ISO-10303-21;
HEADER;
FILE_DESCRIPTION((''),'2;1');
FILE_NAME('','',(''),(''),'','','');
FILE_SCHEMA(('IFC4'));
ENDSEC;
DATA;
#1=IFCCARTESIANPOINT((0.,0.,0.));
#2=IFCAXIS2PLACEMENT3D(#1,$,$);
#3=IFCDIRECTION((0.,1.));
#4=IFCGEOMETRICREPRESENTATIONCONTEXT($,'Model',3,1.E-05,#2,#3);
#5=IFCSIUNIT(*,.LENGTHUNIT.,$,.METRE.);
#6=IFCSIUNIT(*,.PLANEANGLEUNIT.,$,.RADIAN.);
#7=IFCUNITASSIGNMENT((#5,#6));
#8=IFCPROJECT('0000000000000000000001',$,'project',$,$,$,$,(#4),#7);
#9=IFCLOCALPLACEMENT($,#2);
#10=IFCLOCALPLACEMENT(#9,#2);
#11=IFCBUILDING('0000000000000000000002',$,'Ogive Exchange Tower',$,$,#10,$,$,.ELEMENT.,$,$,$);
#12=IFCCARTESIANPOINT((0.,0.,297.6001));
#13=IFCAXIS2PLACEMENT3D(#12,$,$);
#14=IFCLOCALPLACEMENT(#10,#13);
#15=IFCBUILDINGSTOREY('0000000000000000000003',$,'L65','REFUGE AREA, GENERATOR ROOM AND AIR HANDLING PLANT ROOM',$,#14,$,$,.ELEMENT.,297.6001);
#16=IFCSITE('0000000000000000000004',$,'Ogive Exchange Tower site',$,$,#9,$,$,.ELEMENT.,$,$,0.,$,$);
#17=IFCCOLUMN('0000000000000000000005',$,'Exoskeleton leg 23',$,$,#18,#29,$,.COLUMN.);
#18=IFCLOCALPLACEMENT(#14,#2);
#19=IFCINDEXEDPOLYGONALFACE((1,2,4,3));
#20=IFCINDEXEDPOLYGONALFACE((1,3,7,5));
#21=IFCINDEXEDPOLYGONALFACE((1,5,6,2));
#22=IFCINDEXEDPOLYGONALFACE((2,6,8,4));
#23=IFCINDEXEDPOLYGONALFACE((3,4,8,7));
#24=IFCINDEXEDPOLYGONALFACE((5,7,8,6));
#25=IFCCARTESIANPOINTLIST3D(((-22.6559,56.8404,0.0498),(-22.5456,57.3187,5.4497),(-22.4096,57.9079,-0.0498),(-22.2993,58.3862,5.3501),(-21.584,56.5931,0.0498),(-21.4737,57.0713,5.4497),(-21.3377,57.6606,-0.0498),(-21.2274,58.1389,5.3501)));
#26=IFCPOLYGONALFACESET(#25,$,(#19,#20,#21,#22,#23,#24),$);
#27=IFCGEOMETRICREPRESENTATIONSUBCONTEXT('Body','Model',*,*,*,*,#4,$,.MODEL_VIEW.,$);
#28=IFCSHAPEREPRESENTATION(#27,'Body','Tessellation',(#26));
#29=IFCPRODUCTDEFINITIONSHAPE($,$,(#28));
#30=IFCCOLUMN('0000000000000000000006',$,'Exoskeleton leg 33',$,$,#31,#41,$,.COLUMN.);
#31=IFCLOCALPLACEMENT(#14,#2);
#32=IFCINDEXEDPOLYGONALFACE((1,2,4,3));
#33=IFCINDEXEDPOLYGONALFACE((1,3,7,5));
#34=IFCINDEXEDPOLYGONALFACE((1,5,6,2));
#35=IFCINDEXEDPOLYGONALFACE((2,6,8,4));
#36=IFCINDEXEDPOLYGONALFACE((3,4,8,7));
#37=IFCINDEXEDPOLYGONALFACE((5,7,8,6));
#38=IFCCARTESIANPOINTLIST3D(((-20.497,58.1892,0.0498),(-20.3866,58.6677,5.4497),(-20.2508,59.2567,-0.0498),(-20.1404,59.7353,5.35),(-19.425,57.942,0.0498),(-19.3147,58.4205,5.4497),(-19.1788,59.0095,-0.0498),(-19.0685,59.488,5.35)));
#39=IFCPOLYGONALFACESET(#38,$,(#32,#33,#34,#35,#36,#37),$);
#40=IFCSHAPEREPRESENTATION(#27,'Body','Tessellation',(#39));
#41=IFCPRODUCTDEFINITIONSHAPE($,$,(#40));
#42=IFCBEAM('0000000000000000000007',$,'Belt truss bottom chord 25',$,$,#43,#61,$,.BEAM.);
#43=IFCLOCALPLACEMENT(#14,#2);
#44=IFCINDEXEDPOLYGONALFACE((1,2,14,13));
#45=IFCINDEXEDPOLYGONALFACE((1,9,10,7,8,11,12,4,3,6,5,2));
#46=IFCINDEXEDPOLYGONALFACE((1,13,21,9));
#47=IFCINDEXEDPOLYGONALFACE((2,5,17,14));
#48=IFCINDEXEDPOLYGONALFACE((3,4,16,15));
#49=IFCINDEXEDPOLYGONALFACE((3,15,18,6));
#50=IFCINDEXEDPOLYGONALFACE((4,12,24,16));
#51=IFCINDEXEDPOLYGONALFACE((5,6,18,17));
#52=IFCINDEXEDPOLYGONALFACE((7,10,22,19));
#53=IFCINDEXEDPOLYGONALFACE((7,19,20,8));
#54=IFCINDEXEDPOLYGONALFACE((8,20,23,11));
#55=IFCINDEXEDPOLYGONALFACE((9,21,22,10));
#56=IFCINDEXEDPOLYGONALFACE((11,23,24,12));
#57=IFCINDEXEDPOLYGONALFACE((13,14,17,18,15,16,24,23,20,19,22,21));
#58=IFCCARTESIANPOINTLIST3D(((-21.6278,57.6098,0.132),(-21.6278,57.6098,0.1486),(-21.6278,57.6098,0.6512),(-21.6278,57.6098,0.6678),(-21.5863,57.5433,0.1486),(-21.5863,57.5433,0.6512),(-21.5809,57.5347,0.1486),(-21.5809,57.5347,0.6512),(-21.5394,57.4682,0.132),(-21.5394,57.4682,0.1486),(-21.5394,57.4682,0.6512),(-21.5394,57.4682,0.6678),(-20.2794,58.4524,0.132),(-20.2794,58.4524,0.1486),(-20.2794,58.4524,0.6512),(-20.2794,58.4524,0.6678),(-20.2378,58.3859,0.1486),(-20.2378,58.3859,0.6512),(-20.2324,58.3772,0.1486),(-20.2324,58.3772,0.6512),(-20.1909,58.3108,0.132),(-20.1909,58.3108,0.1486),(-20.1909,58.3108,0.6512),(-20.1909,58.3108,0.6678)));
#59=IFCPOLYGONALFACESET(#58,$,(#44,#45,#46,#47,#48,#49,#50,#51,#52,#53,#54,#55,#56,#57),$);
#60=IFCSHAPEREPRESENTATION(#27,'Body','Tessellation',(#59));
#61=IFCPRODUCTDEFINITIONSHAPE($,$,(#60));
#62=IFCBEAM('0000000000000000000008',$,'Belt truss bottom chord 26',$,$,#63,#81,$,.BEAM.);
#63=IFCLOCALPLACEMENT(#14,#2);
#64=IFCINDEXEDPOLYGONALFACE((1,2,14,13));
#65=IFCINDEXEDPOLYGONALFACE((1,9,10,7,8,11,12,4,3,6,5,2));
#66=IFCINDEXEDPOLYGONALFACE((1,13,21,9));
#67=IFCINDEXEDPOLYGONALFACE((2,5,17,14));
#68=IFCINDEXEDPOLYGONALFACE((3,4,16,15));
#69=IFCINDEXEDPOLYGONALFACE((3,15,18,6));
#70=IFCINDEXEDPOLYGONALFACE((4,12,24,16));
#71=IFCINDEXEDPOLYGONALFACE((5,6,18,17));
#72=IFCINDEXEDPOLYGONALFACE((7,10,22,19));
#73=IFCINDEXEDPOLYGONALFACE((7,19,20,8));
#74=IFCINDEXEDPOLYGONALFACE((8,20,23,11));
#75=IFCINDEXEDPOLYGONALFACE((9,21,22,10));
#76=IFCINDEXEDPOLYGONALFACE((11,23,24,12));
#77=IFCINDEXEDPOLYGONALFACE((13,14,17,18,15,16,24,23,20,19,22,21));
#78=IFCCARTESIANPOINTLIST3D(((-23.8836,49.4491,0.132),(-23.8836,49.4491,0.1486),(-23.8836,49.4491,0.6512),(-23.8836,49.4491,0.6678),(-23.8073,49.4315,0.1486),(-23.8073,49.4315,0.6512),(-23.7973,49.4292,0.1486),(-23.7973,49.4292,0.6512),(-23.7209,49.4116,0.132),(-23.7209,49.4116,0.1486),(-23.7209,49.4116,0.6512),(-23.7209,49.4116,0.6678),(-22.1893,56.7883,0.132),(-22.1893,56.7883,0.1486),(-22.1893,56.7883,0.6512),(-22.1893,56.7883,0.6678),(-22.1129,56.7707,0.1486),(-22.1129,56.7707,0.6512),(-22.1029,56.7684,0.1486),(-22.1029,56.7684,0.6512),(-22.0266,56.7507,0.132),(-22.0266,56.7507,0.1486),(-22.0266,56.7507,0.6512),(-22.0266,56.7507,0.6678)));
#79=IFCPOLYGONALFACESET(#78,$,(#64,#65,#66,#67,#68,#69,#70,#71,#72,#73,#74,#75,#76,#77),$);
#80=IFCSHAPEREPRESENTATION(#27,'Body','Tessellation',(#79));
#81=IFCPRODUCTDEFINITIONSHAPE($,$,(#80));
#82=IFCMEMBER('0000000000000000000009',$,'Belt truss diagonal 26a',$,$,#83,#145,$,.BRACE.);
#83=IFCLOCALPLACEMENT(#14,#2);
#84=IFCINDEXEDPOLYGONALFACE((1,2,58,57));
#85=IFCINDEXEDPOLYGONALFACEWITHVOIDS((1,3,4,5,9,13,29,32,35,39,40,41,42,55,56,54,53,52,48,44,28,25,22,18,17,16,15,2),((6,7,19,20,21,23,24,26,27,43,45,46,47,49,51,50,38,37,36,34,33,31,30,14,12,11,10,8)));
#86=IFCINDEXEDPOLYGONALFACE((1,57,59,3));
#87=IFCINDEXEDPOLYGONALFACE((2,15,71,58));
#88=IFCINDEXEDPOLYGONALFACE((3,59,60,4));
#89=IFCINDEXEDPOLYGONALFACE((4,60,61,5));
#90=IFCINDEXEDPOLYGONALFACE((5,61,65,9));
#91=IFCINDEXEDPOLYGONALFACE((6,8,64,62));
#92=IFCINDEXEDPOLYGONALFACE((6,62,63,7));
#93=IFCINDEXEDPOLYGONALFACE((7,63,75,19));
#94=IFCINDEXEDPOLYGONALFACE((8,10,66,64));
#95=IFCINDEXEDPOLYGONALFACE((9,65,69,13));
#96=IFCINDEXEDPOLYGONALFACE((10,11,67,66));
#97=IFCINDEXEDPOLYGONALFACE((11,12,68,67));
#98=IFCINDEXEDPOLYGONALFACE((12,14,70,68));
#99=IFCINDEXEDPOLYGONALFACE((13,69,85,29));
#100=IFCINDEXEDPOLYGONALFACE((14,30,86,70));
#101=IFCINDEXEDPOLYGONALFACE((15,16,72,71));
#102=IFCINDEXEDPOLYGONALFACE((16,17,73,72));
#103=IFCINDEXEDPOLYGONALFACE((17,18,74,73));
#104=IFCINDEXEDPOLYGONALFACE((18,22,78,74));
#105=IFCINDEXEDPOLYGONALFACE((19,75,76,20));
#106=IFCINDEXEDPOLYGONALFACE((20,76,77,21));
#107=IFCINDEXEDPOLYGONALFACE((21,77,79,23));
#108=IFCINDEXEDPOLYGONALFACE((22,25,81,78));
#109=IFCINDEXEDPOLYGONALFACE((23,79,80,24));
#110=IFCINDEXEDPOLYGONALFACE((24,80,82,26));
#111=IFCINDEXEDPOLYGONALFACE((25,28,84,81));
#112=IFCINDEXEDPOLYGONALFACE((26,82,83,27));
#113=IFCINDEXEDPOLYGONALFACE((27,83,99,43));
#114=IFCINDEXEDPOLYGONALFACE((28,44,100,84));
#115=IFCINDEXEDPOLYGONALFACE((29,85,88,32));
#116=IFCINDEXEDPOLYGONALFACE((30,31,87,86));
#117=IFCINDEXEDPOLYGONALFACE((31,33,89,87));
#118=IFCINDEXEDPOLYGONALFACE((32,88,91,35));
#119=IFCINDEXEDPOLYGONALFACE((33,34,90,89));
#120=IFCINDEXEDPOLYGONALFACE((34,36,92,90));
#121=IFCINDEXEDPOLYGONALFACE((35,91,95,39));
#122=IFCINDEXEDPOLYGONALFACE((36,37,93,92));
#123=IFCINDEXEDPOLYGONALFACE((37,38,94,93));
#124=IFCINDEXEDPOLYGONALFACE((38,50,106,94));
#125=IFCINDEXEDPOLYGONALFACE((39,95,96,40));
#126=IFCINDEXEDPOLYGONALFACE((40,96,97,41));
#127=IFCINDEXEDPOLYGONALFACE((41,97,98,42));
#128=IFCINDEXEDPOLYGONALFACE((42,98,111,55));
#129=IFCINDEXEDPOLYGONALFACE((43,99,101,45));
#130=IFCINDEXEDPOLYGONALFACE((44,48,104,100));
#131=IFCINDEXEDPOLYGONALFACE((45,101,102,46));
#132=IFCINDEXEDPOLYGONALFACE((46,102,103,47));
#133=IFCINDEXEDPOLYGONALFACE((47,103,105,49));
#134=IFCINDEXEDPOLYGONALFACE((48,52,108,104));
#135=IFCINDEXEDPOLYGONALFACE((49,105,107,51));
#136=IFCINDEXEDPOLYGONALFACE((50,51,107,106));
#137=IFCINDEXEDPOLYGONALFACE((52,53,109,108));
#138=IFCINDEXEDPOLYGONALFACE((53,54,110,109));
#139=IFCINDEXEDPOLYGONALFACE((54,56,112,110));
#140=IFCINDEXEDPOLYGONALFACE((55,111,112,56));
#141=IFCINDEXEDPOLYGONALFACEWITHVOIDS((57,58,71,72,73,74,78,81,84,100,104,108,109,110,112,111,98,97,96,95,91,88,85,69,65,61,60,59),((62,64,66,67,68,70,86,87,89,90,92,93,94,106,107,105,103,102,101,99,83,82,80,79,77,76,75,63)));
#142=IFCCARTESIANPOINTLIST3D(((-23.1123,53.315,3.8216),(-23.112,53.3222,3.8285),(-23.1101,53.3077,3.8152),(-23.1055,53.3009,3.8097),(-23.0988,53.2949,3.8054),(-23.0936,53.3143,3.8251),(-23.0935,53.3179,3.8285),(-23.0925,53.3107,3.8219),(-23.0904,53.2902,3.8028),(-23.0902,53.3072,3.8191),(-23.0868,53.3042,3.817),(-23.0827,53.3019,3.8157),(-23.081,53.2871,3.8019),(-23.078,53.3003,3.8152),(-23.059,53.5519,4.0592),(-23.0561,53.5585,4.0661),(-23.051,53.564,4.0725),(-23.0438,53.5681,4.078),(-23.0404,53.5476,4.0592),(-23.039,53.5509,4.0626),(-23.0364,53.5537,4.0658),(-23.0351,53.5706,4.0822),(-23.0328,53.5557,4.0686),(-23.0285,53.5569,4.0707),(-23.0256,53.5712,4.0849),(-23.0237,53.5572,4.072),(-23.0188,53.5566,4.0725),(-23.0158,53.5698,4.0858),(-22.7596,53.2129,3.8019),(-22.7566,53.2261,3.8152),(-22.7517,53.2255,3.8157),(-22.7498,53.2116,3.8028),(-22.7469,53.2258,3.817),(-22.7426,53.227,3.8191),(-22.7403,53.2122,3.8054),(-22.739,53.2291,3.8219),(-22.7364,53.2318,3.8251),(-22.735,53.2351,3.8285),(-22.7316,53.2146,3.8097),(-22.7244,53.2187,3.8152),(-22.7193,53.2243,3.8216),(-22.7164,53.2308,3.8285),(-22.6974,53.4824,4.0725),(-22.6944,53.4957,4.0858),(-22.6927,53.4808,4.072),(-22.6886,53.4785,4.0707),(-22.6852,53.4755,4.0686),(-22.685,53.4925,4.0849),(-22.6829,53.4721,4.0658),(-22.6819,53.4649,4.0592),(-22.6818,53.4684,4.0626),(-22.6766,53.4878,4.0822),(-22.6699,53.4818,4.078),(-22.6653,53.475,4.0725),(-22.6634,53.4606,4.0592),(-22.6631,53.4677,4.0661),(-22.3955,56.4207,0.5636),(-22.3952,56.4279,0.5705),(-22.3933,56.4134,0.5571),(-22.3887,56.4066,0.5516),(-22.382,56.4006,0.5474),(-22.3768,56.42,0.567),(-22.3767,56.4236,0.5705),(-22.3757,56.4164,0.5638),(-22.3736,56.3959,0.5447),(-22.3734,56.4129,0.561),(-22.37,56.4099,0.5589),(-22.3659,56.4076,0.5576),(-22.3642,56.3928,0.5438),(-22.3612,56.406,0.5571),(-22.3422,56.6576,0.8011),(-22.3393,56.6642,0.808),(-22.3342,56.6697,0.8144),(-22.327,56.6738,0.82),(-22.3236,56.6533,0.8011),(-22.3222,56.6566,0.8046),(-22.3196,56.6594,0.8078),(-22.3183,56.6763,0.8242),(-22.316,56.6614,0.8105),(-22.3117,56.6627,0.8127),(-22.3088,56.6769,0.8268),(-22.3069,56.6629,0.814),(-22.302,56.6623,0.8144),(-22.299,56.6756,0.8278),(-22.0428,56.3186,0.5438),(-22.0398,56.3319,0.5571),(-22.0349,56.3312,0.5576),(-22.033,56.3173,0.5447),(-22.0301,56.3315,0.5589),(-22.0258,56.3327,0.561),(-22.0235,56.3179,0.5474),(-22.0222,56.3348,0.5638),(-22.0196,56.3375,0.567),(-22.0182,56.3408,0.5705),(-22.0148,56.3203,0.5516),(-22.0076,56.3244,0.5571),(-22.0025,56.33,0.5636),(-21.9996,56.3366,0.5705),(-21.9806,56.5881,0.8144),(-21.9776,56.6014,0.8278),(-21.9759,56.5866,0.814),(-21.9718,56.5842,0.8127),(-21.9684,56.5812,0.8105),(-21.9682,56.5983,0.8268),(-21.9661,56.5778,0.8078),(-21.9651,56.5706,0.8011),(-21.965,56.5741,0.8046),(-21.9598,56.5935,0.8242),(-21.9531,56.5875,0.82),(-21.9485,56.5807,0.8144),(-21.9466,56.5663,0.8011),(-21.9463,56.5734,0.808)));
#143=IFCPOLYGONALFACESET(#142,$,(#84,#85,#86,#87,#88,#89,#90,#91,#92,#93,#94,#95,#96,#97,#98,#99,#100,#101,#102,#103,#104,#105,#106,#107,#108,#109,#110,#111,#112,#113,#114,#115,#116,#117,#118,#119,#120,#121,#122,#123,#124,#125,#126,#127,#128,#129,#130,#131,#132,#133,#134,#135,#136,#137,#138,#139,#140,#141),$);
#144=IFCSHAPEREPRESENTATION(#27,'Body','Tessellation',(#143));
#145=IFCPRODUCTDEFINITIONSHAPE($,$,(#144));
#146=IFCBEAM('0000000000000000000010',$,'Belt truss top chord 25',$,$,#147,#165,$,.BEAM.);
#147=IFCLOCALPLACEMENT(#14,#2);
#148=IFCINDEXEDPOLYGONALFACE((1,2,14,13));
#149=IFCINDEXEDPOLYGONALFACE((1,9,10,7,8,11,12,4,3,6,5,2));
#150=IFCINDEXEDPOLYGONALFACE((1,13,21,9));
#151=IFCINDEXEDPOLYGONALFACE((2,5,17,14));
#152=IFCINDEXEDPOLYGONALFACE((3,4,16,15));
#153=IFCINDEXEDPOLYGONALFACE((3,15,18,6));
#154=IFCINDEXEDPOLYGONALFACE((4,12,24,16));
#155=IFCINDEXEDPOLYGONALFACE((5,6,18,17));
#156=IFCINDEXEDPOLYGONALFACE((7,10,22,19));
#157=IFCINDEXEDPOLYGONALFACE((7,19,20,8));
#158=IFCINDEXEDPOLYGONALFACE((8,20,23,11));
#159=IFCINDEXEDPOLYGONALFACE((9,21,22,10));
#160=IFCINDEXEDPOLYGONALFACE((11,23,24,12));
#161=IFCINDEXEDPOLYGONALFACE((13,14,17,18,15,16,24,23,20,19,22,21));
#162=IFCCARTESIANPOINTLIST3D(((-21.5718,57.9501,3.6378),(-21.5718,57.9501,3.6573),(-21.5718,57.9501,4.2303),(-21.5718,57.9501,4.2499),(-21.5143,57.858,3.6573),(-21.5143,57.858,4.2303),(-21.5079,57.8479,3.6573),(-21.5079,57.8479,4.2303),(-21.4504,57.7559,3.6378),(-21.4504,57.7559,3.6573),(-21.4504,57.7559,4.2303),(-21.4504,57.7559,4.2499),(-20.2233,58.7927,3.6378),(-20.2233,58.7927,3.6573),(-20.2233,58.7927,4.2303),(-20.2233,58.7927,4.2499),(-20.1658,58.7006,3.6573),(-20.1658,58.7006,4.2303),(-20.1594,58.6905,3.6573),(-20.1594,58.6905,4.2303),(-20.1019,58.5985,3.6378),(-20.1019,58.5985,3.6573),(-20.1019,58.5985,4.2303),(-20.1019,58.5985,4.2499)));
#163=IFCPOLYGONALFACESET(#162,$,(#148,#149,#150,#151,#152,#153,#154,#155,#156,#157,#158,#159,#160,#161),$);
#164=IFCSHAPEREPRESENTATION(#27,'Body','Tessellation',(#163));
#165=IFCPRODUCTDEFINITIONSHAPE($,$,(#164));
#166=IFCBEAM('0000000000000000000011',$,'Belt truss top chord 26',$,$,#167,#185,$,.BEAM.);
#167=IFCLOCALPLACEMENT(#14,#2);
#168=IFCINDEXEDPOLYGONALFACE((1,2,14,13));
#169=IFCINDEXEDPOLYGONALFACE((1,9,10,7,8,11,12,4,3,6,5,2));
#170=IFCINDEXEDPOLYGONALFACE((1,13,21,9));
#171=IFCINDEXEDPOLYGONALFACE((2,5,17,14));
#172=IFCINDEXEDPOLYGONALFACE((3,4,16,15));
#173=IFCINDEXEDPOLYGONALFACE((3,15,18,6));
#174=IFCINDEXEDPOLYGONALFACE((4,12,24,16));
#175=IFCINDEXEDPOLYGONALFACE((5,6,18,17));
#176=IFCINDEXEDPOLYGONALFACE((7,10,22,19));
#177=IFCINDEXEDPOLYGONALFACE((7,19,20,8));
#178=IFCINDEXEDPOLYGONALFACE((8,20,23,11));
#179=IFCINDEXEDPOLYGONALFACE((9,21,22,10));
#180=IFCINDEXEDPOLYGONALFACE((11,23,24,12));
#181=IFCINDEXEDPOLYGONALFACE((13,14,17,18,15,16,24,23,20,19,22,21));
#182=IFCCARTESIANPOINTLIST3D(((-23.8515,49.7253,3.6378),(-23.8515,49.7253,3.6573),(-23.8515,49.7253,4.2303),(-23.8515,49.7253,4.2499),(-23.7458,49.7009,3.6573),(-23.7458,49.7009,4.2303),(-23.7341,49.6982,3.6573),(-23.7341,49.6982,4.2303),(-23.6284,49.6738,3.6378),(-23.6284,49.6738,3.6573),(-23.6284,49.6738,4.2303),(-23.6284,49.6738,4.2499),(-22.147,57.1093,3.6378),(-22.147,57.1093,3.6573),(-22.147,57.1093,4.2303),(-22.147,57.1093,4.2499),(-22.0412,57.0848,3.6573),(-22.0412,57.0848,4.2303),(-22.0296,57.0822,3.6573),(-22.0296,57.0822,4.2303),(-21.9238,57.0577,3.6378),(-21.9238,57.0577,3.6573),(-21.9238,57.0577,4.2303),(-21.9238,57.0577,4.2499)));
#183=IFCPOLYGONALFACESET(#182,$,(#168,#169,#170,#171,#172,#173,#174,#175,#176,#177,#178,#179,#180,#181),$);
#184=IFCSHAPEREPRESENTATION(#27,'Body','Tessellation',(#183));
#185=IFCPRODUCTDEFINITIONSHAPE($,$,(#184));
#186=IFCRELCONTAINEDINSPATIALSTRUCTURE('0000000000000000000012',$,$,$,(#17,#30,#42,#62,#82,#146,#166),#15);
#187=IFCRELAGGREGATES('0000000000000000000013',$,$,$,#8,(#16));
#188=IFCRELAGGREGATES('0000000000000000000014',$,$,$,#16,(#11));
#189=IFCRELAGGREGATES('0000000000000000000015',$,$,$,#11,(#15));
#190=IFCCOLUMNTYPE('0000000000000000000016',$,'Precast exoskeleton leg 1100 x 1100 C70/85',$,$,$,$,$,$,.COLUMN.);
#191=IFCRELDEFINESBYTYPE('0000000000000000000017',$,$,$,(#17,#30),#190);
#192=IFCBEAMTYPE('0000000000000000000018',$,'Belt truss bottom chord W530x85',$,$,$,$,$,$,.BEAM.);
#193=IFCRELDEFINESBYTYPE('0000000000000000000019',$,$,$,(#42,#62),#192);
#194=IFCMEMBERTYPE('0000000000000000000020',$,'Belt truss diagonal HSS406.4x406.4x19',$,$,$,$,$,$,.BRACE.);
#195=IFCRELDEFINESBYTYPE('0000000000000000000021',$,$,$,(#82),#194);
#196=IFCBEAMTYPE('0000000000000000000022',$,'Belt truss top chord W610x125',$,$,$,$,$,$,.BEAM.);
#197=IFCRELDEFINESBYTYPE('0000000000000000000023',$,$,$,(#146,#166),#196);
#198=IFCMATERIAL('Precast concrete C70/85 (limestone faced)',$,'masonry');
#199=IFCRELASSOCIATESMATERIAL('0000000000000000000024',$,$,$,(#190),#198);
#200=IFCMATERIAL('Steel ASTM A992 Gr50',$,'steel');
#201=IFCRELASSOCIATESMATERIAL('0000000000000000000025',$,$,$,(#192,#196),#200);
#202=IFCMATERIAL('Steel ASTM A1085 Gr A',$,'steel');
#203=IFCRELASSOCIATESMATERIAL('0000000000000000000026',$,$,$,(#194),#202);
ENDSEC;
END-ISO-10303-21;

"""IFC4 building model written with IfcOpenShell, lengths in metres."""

from ifc_helpers import new_model, si_unit, direction, frame, origin, origin_2d, place, context, subcontext, project, spatial, rectangle, hollow_rectangle, i_section, extrude, material, material_profile, profile_set, type_object, element, save


model = new_model("IFC4")

# Units and contexts
model_context = context("Model", 3, precision=1e-05, world=origin(), true_north=direction((0.0, 1.0)))
body_context = subcontext(model_context, "Body", "Model", "MODEL_VIEW")
ifc_project = project(units=[si_unit("LENGTHUNIT", "METRE"), si_unit("PLANEANGLEUNIT", "RADIAN")], contexts=[model_context])

# Site, building, storey
site_placement = place(None, origin())
site = spatial("IfcSite", under=ifc_project, at=site_placement, Name="Ogive Exchange Tower site", CompositionType="ELEMENT", RefElevation=0.0)
building_placement = place(site_placement, origin())
building = spatial("IfcBuilding", under=site, at=building_placement, Name="Ogive Exchange Tower", CompositionType="ELEMENT")
storey_placement = place(building_placement, frame((0.0, 0.0, 297.6001)))
storey = spatial("IfcBuildingStorey", under=building, at=storey_placement, Name="L65", Description="REFUGE AREA, GENERATOR ROOM AND AIR HANDLING PLANT ROOM", CompositionType="ELEMENT", Elevation=297.6001)

# Columns
ifc_material_1 = material(Name="Precast concrete C70/85 (limestone faced)", Category="masonry")
ifc_material_profile_1 = material_profile(ifc_material_1, rectangle(XDim=1.1001, YDim=1.1001, at=origin_2d()), Name="1100 x 1100")
ifc_profile_set_1 = profile_set([ifc_material_profile_1], Name="Precast concrete C70/85 (limestone faced)")
column_type = type_object("IfcColumnType", Name="Precast exoskeleton leg 1100 x 1100 C70/85", PredefinedType="COLUMN", material=ifc_profile_set_1)
for number, where, z_axis, x_axis, name in (
    (1, (-21.9968, 57.2505, 0.0), (0.020352, 0.088207, 0.995894), (-0.9744, 0.224823, 0.0), "Exoskeleton leg 23"),
    (2, (-19.8379, 58.5994, 0.0), (0.020352, 0.088251, 0.99589), (-0.974425, 0.224714, 0.0), "Exoskeleton leg 33"),
):
    element("IfcColumn", number, at=place(storey_placement, frame(where, z_axis=z_axis, x_axis=x_axis)), inside=storey, type_object=column_type, Name=name, PredefinedType="COLUMN", context=body_context, shape_type="SweptSolid", body=[
        extrude(rectangle(XDim=1.1001, YDim=1.1001, at=origin_2d()), origin(), (0.0, 0.0, 1.0), 5.4221),
    ])

# Beams
ifc_material_2 = material(Name="Steel ASTM A992 Gr50", Category="steel")
ifc_material_profile_2 = material_profile(ifc_material_2, i_section(OverallWidth=0.167, OverallDepth=0.5359, WebThickness=0.0103, FlangeThickness=0.0166, at=origin_2d()), Name="W530x85")
ifc_profile_set_2 = profile_set([ifc_material_profile_2], Name="Steel ASTM A992 Gr50")
beam_type_1 = type_object("IfcBeamType", Name="Belt truss bottom chord W530x85", PredefinedType="BEAM", material=ifc_profile_set_2)
beam_1_placement = place(storey_placement, frame((-20.2351, 58.3816, 0.3999), z_axis=(-0.848059, -0.529902, 0.0), x_axis=(0.529902, -0.848059, 0.0)))
element("IfcBeam", 3, at=beam_1_placement, inside=storey, type_object=beam_type_1, Name="Belt truss bottom chord 25", PredefinedType="BEAM", context=body_context, shape_type="SweptSolid", body=[
    extrude(i_section(OverallWidth=0.167, OverallDepth=0.5359, WebThickness=0.0103, FlangeThickness=0.0166, at=origin_2d()), origin(), (0.0, 0.0, 1.0), 1.5901),
])
beam_2_placement = place(storey_placement, frame((-22.1079, 56.7695, 0.3999), z_axis=(-0.224947, -0.974371, 0.0), x_axis=(0.974371, -0.224947, 0.0)))
element("IfcBeam", 4, at=beam_2_placement, inside=storey, type_object=beam_type_1, Name="Belt truss bottom chord 26", PredefinedType="BEAM", context=body_context, shape_type="SweptSolid", body=[
    extrude(i_section(OverallWidth=0.167, OverallDepth=0.5359, WebThickness=0.0103, FlangeThickness=0.0166, at=origin_2d()), origin(), (0.0, 0.0, 1.0), 7.5322),
])

# Member
ifc_material_3 = material(Name="Steel ASTM A1085 Gr A", Category="steel")
ifc_material_profile_3 = material_profile(ifc_material_3, hollow_rectangle(XDim=0.406, YDim=0.406, WallThickness=0.019, InnerFilletRadius=0.019, OuterFilletRadius=0.0381, at=origin_2d()), Name="HSS406.4x406.4x19")
ifc_profile_set_3 = profile_set([ifc_material_profile_3], Name="Steel ASTM A1085 Gr A")
member_type_1 = type_object("IfcMemberType", Name="Belt truss diagonal HSS406.4x406.4x19", PredefinedType="BRACE", material=ifc_profile_set_3)
member_1_placement = place(storey_placement, frame((-22.1709, 56.4971, 0.6858), z_axis=(-0.157266, -0.681396, 0.71482), x_axis=(0.974385, -0.224887, 0.0)))
element("IfcMember", 5, at=member_1_placement, inside=storey, type_object=member_type_1, Name="Belt truss diagonal 26a", PredefinedType="BRACE", context=body_context, shape_type="SweptSolid", body=[
    extrude(hollow_rectangle(XDim=0.406, YDim=0.406, WallThickness=0.019, InnerFilletRadius=0.019, OuterFilletRadius=0.0381, at=origin_2d()), origin(), (0.0, 0.0, 1.0), 4.5579),
])

# Beams
ifc_material_profile_4 = material_profile(ifc_material_2, i_section(OverallWidth=0.229, OverallDepth=0.6121, WebThickness=0.012, FlangeThickness=0.0195, at=origin_2d()), Name="W610x125")
ifc_profile_set_4 = profile_set([ifc_material_profile_4], Name="Steel ASTM A992 Gr50")
beam_type_2 = type_object("IfcBeamType", Name="Belt truss top chord W610x125", PredefinedType="BEAM", material=ifc_profile_set_4)
beam_3_placement = place(storey_placement, frame((-20.1626, 58.6956, 3.9438), z_axis=(-0.848059, -0.529902, 0.0), x_axis=(0.529902, -0.848059, 0.0)))
element("IfcBeam", 6, at=beam_3_placement, inside=storey, type_object=beam_type_2, Name="Belt truss top chord 25", PredefinedType="BEAM", context=body_context, shape_type="SweptSolid", body=[
    extrude(i_section(OverallWidth=0.229, OverallDepth=0.6121, WebThickness=0.012, FlangeThickness=0.0195, at=origin_2d()), origin(), (0.0, 0.0, 1.0), 1.5901),
])
beam_4_placement = place(storey_placement, frame((-22.0354, 57.0835, 3.9438), z_axis=(-0.224932, -0.974374, 0.0), x_axis=(0.974374, -0.224932, 0.0)))
element("IfcBeam", 7, at=beam_4_placement, inside=storey, type_object=beam_type_2, Name="Belt truss top chord 26", PredefinedType="BEAM", context=body_context, shape_type="SweptSolid", body=[
    extrude(i_section(OverallWidth=0.229, OverallDepth=0.6121, WebThickness=0.012, FlangeThickness=0.0195, at=origin_2d()), origin(), (0.0, 0.0, 1.0), 7.5781),
])

save(model, "model.ifc")
